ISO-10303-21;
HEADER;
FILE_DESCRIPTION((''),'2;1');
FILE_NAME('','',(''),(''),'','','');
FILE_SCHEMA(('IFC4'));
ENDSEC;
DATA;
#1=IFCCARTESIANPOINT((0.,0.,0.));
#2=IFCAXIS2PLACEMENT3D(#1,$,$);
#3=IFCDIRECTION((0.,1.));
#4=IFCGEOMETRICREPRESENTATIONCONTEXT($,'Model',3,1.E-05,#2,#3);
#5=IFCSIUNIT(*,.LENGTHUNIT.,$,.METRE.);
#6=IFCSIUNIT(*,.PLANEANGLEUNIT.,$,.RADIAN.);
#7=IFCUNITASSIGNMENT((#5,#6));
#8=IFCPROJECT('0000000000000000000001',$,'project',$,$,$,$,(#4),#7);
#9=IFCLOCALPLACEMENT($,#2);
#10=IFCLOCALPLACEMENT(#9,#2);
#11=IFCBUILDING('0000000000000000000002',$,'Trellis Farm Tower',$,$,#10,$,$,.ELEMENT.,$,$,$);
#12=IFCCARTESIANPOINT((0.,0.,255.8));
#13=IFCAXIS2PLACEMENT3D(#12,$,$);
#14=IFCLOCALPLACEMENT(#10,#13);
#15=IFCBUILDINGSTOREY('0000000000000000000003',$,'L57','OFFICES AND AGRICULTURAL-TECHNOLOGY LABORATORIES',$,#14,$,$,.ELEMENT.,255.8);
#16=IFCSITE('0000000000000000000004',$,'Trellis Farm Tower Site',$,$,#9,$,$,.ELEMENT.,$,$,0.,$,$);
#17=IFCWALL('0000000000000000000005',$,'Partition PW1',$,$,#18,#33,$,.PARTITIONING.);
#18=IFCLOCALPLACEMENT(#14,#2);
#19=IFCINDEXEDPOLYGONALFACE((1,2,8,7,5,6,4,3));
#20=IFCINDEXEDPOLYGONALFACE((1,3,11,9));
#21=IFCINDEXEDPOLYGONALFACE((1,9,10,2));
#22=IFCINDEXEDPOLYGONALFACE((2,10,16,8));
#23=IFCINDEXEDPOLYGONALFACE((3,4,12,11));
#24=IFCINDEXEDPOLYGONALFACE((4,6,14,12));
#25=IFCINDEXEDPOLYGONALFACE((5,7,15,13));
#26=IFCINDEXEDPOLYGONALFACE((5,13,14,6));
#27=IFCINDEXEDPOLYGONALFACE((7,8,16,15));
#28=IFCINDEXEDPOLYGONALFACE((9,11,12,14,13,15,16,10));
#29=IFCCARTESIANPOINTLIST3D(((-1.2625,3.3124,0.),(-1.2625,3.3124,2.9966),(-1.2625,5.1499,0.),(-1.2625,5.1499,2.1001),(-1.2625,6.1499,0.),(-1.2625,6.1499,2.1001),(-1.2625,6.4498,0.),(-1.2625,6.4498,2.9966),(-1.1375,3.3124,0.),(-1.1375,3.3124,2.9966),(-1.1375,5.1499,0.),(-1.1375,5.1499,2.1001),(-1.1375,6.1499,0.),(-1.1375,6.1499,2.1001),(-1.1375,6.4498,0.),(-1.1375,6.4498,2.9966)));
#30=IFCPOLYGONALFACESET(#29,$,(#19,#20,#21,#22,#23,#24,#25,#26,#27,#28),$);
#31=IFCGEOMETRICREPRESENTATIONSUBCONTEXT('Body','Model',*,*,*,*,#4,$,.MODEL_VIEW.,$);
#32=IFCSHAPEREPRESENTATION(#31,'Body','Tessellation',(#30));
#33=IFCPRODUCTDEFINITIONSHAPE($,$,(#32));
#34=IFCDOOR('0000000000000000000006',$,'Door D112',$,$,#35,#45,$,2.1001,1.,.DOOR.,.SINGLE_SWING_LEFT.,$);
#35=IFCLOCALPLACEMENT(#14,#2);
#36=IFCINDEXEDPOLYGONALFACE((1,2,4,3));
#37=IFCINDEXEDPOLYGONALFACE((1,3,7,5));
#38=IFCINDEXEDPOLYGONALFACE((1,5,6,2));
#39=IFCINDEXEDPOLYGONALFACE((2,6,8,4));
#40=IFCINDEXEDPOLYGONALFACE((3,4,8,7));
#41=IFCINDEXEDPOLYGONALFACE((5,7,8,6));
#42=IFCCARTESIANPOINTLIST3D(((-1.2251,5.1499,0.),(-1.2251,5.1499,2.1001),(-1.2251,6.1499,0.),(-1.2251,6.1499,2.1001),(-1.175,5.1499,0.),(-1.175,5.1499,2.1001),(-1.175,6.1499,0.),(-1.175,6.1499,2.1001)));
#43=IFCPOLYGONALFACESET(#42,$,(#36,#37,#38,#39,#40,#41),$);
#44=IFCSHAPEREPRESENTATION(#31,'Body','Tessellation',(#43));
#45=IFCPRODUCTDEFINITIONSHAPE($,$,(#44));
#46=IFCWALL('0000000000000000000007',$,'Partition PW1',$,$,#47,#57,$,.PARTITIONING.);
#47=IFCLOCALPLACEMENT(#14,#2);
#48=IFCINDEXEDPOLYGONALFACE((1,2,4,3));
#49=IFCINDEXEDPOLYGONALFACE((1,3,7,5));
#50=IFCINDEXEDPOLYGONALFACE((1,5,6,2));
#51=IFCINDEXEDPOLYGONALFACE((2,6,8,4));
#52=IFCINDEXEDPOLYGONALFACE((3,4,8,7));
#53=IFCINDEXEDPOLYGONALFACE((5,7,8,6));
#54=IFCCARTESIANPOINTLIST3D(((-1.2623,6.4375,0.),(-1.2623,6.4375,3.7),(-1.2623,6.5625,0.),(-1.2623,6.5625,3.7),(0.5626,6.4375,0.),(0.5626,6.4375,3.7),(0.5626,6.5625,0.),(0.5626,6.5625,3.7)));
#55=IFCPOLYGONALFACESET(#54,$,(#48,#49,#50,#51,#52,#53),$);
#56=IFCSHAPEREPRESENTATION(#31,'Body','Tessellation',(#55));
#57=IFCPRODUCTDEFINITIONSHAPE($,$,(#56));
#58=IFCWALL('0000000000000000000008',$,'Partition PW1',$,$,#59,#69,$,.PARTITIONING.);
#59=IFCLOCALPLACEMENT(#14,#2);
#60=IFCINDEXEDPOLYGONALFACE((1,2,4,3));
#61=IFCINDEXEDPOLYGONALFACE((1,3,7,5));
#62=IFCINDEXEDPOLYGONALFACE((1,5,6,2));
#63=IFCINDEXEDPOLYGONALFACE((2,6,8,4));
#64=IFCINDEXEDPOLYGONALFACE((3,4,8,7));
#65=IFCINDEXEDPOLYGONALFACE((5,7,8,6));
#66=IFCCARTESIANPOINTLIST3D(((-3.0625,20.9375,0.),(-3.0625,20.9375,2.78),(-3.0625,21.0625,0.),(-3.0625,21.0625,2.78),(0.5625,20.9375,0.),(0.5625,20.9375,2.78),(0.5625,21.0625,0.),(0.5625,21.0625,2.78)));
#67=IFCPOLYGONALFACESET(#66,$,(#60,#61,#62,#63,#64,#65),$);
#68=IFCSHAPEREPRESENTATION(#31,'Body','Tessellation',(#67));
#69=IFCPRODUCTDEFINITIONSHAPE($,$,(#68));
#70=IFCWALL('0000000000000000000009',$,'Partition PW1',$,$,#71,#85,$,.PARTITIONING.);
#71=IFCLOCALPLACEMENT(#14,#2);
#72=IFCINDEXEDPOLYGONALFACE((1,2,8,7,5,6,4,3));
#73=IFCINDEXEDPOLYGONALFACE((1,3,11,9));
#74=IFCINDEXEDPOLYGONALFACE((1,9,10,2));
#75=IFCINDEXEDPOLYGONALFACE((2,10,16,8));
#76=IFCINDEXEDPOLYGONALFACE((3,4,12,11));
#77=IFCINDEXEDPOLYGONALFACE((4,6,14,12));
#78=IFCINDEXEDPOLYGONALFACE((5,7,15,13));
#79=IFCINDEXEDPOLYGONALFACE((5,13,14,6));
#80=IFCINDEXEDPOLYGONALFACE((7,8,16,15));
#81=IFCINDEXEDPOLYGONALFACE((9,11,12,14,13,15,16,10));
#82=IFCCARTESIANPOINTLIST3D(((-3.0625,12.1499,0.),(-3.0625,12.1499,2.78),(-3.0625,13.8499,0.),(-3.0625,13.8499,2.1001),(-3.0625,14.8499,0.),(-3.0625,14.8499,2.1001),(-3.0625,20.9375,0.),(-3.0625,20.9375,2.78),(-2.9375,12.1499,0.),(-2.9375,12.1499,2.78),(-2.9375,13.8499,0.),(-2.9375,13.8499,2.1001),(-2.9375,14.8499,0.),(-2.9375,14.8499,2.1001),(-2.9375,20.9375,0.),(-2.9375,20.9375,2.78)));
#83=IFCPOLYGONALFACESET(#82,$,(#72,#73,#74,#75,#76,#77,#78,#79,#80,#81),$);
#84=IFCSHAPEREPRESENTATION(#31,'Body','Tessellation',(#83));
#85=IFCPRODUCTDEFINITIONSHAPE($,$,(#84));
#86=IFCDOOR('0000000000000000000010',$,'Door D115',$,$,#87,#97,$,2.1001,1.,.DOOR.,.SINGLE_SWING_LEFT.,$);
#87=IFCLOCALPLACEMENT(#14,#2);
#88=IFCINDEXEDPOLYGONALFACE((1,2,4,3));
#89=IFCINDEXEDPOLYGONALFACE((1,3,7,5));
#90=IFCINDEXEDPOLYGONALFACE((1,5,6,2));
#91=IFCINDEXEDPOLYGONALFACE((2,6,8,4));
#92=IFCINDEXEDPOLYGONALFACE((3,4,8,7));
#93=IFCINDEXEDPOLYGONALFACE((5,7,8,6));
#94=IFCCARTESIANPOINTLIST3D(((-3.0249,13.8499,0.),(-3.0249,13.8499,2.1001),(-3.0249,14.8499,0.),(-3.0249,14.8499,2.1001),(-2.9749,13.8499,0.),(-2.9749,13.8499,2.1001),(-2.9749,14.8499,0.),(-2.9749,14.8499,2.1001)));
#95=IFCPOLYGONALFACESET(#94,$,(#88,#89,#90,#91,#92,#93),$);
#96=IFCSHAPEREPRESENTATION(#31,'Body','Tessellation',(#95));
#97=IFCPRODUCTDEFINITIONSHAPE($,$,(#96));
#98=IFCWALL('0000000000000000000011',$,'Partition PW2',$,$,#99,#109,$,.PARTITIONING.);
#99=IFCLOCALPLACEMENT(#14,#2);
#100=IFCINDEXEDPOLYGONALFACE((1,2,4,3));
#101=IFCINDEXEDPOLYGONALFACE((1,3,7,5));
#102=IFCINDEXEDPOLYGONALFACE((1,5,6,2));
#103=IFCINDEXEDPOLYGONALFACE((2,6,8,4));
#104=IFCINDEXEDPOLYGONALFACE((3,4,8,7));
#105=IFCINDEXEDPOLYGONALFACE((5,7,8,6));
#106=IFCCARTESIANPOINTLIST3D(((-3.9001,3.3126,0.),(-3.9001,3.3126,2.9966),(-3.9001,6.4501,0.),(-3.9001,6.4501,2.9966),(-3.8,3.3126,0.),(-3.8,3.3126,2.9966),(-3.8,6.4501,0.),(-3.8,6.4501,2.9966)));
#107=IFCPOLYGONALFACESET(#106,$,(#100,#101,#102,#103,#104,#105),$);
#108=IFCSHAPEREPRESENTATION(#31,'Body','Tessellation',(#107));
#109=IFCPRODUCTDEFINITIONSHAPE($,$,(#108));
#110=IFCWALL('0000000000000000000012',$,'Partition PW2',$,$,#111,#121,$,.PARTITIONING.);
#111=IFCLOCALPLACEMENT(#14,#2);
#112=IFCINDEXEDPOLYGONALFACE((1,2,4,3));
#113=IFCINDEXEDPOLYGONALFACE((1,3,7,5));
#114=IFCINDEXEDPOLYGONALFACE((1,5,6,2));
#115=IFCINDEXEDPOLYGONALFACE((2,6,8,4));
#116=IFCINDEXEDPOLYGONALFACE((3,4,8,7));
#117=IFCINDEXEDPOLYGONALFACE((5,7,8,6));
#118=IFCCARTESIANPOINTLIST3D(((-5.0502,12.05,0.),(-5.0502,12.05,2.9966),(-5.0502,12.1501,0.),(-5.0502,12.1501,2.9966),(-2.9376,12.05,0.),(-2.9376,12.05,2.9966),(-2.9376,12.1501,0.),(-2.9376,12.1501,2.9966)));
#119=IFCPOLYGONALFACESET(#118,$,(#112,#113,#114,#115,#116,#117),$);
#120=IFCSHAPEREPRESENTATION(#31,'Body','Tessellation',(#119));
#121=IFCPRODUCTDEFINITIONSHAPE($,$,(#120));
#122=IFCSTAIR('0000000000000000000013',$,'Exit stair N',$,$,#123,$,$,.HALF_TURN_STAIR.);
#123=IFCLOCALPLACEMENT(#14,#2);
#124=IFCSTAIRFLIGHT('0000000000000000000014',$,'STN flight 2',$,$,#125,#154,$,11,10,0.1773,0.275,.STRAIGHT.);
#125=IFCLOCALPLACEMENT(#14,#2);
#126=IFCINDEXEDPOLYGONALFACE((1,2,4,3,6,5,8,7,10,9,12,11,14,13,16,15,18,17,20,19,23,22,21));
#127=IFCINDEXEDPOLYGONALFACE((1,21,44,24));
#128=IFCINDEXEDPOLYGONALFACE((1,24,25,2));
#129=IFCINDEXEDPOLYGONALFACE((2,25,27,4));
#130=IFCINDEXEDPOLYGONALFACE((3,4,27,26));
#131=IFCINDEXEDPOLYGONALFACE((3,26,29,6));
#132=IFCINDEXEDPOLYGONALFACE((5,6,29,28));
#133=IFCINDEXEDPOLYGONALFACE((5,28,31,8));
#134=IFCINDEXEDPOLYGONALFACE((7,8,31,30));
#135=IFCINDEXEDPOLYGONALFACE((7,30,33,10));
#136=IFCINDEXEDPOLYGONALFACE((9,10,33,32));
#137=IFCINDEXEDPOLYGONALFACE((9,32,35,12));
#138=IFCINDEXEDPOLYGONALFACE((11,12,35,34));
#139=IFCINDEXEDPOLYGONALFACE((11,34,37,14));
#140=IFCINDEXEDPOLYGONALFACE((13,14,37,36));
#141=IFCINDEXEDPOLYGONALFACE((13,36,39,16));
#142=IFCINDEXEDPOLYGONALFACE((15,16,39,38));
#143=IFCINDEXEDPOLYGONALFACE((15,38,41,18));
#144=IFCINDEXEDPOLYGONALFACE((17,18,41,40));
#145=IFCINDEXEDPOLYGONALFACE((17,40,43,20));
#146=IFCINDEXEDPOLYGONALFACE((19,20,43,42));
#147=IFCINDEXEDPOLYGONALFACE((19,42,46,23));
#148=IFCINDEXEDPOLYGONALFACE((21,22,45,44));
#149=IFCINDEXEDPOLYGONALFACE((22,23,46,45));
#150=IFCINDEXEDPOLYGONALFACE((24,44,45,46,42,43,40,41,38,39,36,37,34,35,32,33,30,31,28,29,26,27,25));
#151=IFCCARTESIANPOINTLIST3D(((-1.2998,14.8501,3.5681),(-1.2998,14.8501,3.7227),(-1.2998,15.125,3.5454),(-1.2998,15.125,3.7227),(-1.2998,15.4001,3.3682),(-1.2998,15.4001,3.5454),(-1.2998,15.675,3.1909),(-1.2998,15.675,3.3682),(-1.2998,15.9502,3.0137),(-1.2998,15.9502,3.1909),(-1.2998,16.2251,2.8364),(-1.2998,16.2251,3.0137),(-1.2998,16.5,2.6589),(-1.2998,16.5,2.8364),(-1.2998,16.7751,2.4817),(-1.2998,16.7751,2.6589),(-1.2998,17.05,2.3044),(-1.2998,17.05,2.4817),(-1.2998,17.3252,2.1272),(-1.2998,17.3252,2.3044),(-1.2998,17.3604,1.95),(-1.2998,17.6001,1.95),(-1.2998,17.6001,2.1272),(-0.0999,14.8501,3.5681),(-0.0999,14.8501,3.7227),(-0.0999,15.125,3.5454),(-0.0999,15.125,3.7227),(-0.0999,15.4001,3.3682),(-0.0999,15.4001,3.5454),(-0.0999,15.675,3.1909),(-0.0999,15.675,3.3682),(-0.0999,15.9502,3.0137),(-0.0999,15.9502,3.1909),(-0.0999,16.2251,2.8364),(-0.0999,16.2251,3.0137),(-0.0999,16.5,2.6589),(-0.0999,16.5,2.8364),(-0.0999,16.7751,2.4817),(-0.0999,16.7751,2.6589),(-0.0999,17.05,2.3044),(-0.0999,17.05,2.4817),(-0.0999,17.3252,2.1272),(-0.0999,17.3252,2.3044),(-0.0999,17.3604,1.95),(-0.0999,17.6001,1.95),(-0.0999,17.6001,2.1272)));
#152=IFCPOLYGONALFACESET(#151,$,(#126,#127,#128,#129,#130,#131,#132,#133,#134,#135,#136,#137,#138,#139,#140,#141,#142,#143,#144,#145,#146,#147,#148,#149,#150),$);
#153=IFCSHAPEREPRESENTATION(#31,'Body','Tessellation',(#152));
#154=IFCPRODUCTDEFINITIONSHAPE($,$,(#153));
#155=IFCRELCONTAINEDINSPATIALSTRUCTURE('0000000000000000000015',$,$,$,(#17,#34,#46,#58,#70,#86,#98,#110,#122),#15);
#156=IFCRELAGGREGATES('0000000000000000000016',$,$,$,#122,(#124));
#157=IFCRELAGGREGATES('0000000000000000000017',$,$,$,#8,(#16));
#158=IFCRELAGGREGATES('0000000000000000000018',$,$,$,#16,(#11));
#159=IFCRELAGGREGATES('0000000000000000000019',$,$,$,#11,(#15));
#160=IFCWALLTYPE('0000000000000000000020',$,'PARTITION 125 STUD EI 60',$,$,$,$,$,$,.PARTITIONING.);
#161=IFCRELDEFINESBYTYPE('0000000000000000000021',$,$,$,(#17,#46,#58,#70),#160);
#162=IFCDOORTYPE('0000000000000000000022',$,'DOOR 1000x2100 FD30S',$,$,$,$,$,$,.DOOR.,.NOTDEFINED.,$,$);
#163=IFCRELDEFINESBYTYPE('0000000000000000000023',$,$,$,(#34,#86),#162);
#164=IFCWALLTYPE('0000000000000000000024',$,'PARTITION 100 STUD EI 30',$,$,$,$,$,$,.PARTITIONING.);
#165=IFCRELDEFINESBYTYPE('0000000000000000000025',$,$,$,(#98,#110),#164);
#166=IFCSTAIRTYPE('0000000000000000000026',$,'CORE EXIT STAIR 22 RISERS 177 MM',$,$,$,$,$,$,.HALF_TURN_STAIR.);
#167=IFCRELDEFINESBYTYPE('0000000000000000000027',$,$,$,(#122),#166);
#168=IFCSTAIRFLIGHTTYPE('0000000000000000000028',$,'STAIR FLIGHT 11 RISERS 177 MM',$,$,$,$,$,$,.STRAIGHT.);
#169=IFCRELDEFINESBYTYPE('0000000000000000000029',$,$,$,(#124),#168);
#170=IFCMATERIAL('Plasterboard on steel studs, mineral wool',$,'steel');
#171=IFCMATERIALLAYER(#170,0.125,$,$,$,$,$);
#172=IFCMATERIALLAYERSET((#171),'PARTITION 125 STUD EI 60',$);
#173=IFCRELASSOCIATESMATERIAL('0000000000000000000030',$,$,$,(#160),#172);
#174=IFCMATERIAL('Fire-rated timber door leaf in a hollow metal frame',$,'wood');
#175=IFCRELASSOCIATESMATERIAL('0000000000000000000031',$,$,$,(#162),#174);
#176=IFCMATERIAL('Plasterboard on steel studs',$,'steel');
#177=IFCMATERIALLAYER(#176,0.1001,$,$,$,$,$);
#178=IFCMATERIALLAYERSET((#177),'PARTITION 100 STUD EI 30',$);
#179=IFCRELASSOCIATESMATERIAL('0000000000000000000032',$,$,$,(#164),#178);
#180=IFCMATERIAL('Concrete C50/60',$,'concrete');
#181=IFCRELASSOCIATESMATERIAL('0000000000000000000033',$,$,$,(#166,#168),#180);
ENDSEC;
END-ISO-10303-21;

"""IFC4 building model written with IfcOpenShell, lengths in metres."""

from ifc_helpers import new_model, si_unit, direction, frame, frame_2d, origin, place, context, subcontext, project, spatial, polyline, rectangle, outline, extrude, source, transform, mapped, material, layer, layer_set, type_object, element, fill, aggregate, save


model = new_model("IFC4")

# Units and contexts
model_context = context("Model", 3, precision=1e-05, world=origin(), true_north=direction((0.0, 1.0)))
body_context = subcontext(model_context, "Body", "Model", "MODEL_VIEW")
ifc_project = project(units=[si_unit("LENGTHUNIT", "METRE"), si_unit("PLANEANGLEUNIT", "RADIAN")], contexts=[model_context])

# Site, building, storey
site_placement = place(None, origin())
site = spatial("IfcSite", under=ifc_project, at=site_placement, Name="Trellis Farm Tower Site", CompositionType="ELEMENT", RefElevation=0.0)
building_placement = place(site_placement, origin())
building = spatial("IfcBuilding", under=site, at=building_placement, Name="Trellis Farm Tower", CompositionType="ELEMENT")
storey_placement = place(building_placement, frame((0.0, 0.0, 255.8)))
storey = spatial("IfcBuildingStorey", under=building, at=storey_placement, Name="L57", Description="OFFICES AND AGRICULTURAL-TECHNOLOGY LABORATORIES", CompositionType="ELEMENT", Elevation=255.8)

# Shared definitions
placement_1 = place(storey_placement, origin())

# Wall, opening, door
ifc_material_1 = material(Name="Plasterboard on steel studs, mineral wool", Category="steel")
ifc_layer_1 = layer(ifc_material_1, 0.125)
ifc_layer_set_1 = layer_set([ifc_layer_1], Name="PARTITION 125 STUD EI 60")
wall_type_1 = type_object("IfcWallType", Name="PARTITION 125 STUD EI 60", PredefinedType="PARTITIONING", material=ifc_layer_set_1)
shared_shape_1 = source(origin(), body_context, "Body", "SweptSolid", [
    extrude(rectangle(XDim=3.1375, YDim=0.125, at=frame_2d((1.5688, 0.0))), origin(), (0.0, 0.0, 1.0), 2.9966),
])
wall_1_placement = place(storey_placement, frame((-1.2, 6.45, 0.0), z_axis=(0.0, 0.0, 1.0), x_axis=(0.0, -1.0, 0.0)))
wall_1 = element("IfcWall", 1, at=wall_1_placement, inside=storey, type_object=wall_type_1, Name="Partition PW1", PredefinedType="PARTITIONING", context=body_context, shape_type="MappedRepresentation", body=[
    mapped(shared_shape_1, transform((0.0, 0.0, 0.0))),
])
shared_shape_2 = source(origin(), body_context, "Body", "SweptSolid", [
    extrude(rectangle(XDim=1.0, YDim=2.1001, at=frame_2d((0.5, 1.05))), frame((0.0, 0.0725, 0.0), z_axis=(0.0, -1.0, 0.0), x_axis=(1.0, 0.0, 0.0)), (0.0, 0.0, 1.0), 0.145),
])
opening_1_placement = place(wall_1_placement, frame((0.3, 0.0, 0.0)))
opening_1 = element("IfcOpeningElement", 2, at=opening_1_placement, cuts=wall_1, PredefinedType="OPENING", context=body_context, shape_type="MappedRepresentation", body=[
    mapped(shared_shape_2, transform((0.0, 0.0, 0.0))),
])
ifc_material_2 = material(Name="Fire-rated timber door leaf in a hollow metal frame", Category="wood")
door_type_1 = type_object("IfcDoorType", Name="DOOR 1000x2100 FD30S", OperationType="NOTDEFINED", PredefinedType="DOOR", material=ifc_material_2)
shared_shape_3 = source(origin(), body_context, "Body", "SweptSolid", [
    extrude(rectangle(XDim=1.0, YDim=2.1001, at=frame_2d((0.5, 1.05))), frame((0.0, 0.0249, 0.0), z_axis=(0.0, -1.0, 0.0), x_axis=(1.0, 0.0, 0.0)), (0.0, 0.0, 1.0), 0.05),
])
door_1_placement = place(opening_1_placement, origin())
door_1 = element("IfcDoor", 3, at=door_1_placement, inside=storey, type_object=door_type_1, Name="Door D112", OperationType="SINGLE_SWING_LEFT", OverallHeight=2.1001, OverallWidth=1.0, PredefinedType="DOOR", context=body_context, shape_type="MappedRepresentation", body=[
    mapped(shared_shape_3, transform((0.0, 0.0, 0.0))),
])
fill(opening_1, door_1)

# Walls
shared_shape_4 = source(origin(), body_context, "Body", "SweptSolid", [
    extrude(rectangle(XDim=1.825, YDim=0.125, at=frame_2d((0.9126, 0.0))), origin(), (0.0, 0.0, 1.0), 3.7),
])
wall_2_placement = place(storey_placement, frame((-1.2625, 6.5, 0.0), z_axis=(0.0, 0.0, 1.0), x_axis=(1.0, 0.0, 0.0)))
element("IfcWall", 4, at=wall_2_placement, inside=storey, type_object=wall_type_1, Name="Partition PW1", PredefinedType="PARTITIONING", context=body_context, shape_type="MappedRepresentation", body=[
    mapped(shared_shape_4, transform((0.0, 0.0, 0.0))),
])
shared_shape_5 = source(origin(), body_context, "Body", "SweptSolid", [
    extrude(rectangle(XDim=3.625, YDim=0.125, at=frame_2d((1.8125, 0.0))), origin(), (0.0, 0.0, 1.0), 2.78),
])
wall_3_placement = place(storey_placement, frame((-3.0625, 21.0, 0.0), z_axis=(0.0, 0.0, 1.0), x_axis=(1.0, 0.0, 0.0)))
element("IfcWall", 5, at=wall_3_placement, inside=storey, type_object=wall_type_1, Name="Partition PW1", PredefinedType="PARTITIONING", context=body_context, shape_type="MappedRepresentation", body=[
    mapped(shared_shape_5, transform((0.0, 0.0, 0.0))),
])

# Wall, opening, door
shared_shape_6 = source(origin(), body_context, "Body", "SweptSolid", [
    extrude(rectangle(XDim=8.7876, YDim=0.125, at=frame_2d((4.3938, 0.0))), origin(), (0.0, 0.0, 1.0), 2.78),
])
wall_4_placement = place(storey_placement, frame((-3.0, 12.1499, 0.0), z_axis=(0.0, 0.0, 1.0), x_axis=(0.0, 1.0, 0.0)))
wall_4 = element("IfcWall", 6, at=wall_4_placement, inside=storey, type_object=wall_type_1, Name="Partition PW1", PredefinedType="PARTITIONING", context=body_context, shape_type="MappedRepresentation", body=[
    mapped(shared_shape_6, transform((0.0, 0.0, 0.0))),
])
opening_2_placement = place(wall_4_placement, frame((1.7, 0.0, 0.0)))
opening_2 = element("IfcOpeningElement", 7, at=opening_2_placement, cuts=wall_4, PredefinedType="OPENING", context=body_context, shape_type="MappedRepresentation", body=[
    mapped(shared_shape_2, transform((0.0, 0.0, 0.0))),
])
door_2_placement = place(opening_2_placement, origin())
door_2 = element("IfcDoor", 8, at=door_2_placement, inside=storey, type_object=door_type_1, Name="Door D115", OperationType="SINGLE_SWING_LEFT", OverallHeight=2.1001, OverallWidth=1.0, PredefinedType="DOOR", context=body_context, shape_type="MappedRepresentation", body=[
    mapped(shared_shape_3, transform((0.0, 0.0, 0.0))),
])
fill(opening_2, door_2)

# Walls
ifc_material_3 = material(Name="Plasterboard on steel studs", Category="steel")
ifc_layer_2 = layer(ifc_material_3, 0.1001)
ifc_layer_set_2 = layer_set([ifc_layer_2], Name="PARTITION 100 STUD EI 30")
wall_type_2 = type_object("IfcWallType", Name="PARTITION 100 STUD EI 30", PredefinedType="PARTITIONING", material=ifc_layer_set_2)
shared_shape_7 = source(origin(), body_context, "Body", "SweptSolid", [
    extrude(rectangle(XDim=3.1375, YDim=0.1001, at=frame_2d((1.5688, 0.0))), origin(), (0.0, 0.0, 1.0), 2.9966),
])
wall_5_placement = place(storey_placement, frame((-3.8501, 3.3125, 0.0), z_axis=(0.0, 0.0, 1.0), x_axis=(0.0, 1.0, 0.0)))
element("IfcWall", 9, at=wall_5_placement, inside=storey, type_object=wall_type_2, Name="Partition PW2", PredefinedType="PARTITIONING", context=body_context, shape_type="MappedRepresentation", body=[
    mapped(shared_shape_7, transform((0.0, 0.0, 0.0))),
])
shared_shape_8 = source(origin(), body_context, "Body", "SweptSolid", [
    extrude(rectangle(XDim=2.1125, YDim=0.1001, at=frame_2d((1.0562, 0.0))), origin(), (0.0, 0.0, 1.0), 2.9966),
])
wall_6_placement = place(storey_placement, frame((-5.05, 12.1001, 0.0), z_axis=(0.0, 0.0, 1.0), x_axis=(1.0, 0.0, 0.0)))
element("IfcWall", 10, at=wall_6_placement, inside=storey, type_object=wall_type_2, Name="Partition PW2", PredefinedType="PARTITIONING", context=body_context, shape_type="MappedRepresentation", body=[
    mapped(shared_shape_8, transform((0.0, 0.0, 0.0))),
])

# Stair, stair flight
ifc_material_4 = material(Name="Concrete C50/60", Category="concrete")
stair_type = type_object("IfcStairType", Name="CORE EXIT STAIR 22 RISERS 177 MM", PredefinedType="HALF_TURN_STAIR", material=ifc_material_4)
stair = element("IfcStair", 11, at=placement_1, inside=storey, type_object=stair_type, Name="Exit stair N", PredefinedType="HALF_TURN_STAIR")
stair_flight_type = type_object("IfcStairFlightType", Name="STAIR FLIGHT 11 RISERS 177 MM", PredefinedType="STRAIGHT", material=ifc_material_4)
shared_shape_9 = source(origin(), body_context, "Body", "SweptSolid", [
    extrude(outline(polyline([(0.0, 0.0), (0.0, 0.1772), (0.2749, 0.1772), (0.2749, 0.3545), (0.55, 0.3545), (0.55, 0.5317), (0.825, 0.5317), (0.825, 0.709), (1.1001, 0.709), (1.1001, 0.8865), (1.375, 0.8865), (1.375, 1.0637), (1.6499, 1.0637), (1.6499, 1.241), (1.925, 1.241), (1.925, 1.4182), (2.2, 1.4182), (2.2, 1.5955), (2.4751, 1.5955), (2.4751, 1.7727), (2.75, 1.7727), (2.75, 1.95), (2.75, 1.6182), (0.2397, 0.0), (0.0, 0.0)])), frame((0.0, 0.6001, 0.0), z_axis=(0.0, -1.0, 0.0), x_axis=(1.0, 0.0, 0.0)), (0.0, 0.0, 1.0), 1.2),
])
stair_flight_placement = place(storey_placement, frame((-0.7, 17.6001, 1.95), z_axis=(0.0, 0.0, 1.0), x_axis=(0.0, -1.0, 0.0)))
stair_flight = element("IfcStairFlight", 12, at=stair_flight_placement, type_object=stair_flight_type, Name="STN flight 2", NumberOfRisers=11, NumberOfTreads=10, PredefinedType="STRAIGHT", RiserHeight=0.1773, TreadLength=0.275, context=body_context, shape_type="MappedRepresentation", body=[
    mapped(shared_shape_9, transform((0.0, 0.0, 0.0))),
])
aggregate(stair, [stair_flight])

save(model, "model.ifc")
